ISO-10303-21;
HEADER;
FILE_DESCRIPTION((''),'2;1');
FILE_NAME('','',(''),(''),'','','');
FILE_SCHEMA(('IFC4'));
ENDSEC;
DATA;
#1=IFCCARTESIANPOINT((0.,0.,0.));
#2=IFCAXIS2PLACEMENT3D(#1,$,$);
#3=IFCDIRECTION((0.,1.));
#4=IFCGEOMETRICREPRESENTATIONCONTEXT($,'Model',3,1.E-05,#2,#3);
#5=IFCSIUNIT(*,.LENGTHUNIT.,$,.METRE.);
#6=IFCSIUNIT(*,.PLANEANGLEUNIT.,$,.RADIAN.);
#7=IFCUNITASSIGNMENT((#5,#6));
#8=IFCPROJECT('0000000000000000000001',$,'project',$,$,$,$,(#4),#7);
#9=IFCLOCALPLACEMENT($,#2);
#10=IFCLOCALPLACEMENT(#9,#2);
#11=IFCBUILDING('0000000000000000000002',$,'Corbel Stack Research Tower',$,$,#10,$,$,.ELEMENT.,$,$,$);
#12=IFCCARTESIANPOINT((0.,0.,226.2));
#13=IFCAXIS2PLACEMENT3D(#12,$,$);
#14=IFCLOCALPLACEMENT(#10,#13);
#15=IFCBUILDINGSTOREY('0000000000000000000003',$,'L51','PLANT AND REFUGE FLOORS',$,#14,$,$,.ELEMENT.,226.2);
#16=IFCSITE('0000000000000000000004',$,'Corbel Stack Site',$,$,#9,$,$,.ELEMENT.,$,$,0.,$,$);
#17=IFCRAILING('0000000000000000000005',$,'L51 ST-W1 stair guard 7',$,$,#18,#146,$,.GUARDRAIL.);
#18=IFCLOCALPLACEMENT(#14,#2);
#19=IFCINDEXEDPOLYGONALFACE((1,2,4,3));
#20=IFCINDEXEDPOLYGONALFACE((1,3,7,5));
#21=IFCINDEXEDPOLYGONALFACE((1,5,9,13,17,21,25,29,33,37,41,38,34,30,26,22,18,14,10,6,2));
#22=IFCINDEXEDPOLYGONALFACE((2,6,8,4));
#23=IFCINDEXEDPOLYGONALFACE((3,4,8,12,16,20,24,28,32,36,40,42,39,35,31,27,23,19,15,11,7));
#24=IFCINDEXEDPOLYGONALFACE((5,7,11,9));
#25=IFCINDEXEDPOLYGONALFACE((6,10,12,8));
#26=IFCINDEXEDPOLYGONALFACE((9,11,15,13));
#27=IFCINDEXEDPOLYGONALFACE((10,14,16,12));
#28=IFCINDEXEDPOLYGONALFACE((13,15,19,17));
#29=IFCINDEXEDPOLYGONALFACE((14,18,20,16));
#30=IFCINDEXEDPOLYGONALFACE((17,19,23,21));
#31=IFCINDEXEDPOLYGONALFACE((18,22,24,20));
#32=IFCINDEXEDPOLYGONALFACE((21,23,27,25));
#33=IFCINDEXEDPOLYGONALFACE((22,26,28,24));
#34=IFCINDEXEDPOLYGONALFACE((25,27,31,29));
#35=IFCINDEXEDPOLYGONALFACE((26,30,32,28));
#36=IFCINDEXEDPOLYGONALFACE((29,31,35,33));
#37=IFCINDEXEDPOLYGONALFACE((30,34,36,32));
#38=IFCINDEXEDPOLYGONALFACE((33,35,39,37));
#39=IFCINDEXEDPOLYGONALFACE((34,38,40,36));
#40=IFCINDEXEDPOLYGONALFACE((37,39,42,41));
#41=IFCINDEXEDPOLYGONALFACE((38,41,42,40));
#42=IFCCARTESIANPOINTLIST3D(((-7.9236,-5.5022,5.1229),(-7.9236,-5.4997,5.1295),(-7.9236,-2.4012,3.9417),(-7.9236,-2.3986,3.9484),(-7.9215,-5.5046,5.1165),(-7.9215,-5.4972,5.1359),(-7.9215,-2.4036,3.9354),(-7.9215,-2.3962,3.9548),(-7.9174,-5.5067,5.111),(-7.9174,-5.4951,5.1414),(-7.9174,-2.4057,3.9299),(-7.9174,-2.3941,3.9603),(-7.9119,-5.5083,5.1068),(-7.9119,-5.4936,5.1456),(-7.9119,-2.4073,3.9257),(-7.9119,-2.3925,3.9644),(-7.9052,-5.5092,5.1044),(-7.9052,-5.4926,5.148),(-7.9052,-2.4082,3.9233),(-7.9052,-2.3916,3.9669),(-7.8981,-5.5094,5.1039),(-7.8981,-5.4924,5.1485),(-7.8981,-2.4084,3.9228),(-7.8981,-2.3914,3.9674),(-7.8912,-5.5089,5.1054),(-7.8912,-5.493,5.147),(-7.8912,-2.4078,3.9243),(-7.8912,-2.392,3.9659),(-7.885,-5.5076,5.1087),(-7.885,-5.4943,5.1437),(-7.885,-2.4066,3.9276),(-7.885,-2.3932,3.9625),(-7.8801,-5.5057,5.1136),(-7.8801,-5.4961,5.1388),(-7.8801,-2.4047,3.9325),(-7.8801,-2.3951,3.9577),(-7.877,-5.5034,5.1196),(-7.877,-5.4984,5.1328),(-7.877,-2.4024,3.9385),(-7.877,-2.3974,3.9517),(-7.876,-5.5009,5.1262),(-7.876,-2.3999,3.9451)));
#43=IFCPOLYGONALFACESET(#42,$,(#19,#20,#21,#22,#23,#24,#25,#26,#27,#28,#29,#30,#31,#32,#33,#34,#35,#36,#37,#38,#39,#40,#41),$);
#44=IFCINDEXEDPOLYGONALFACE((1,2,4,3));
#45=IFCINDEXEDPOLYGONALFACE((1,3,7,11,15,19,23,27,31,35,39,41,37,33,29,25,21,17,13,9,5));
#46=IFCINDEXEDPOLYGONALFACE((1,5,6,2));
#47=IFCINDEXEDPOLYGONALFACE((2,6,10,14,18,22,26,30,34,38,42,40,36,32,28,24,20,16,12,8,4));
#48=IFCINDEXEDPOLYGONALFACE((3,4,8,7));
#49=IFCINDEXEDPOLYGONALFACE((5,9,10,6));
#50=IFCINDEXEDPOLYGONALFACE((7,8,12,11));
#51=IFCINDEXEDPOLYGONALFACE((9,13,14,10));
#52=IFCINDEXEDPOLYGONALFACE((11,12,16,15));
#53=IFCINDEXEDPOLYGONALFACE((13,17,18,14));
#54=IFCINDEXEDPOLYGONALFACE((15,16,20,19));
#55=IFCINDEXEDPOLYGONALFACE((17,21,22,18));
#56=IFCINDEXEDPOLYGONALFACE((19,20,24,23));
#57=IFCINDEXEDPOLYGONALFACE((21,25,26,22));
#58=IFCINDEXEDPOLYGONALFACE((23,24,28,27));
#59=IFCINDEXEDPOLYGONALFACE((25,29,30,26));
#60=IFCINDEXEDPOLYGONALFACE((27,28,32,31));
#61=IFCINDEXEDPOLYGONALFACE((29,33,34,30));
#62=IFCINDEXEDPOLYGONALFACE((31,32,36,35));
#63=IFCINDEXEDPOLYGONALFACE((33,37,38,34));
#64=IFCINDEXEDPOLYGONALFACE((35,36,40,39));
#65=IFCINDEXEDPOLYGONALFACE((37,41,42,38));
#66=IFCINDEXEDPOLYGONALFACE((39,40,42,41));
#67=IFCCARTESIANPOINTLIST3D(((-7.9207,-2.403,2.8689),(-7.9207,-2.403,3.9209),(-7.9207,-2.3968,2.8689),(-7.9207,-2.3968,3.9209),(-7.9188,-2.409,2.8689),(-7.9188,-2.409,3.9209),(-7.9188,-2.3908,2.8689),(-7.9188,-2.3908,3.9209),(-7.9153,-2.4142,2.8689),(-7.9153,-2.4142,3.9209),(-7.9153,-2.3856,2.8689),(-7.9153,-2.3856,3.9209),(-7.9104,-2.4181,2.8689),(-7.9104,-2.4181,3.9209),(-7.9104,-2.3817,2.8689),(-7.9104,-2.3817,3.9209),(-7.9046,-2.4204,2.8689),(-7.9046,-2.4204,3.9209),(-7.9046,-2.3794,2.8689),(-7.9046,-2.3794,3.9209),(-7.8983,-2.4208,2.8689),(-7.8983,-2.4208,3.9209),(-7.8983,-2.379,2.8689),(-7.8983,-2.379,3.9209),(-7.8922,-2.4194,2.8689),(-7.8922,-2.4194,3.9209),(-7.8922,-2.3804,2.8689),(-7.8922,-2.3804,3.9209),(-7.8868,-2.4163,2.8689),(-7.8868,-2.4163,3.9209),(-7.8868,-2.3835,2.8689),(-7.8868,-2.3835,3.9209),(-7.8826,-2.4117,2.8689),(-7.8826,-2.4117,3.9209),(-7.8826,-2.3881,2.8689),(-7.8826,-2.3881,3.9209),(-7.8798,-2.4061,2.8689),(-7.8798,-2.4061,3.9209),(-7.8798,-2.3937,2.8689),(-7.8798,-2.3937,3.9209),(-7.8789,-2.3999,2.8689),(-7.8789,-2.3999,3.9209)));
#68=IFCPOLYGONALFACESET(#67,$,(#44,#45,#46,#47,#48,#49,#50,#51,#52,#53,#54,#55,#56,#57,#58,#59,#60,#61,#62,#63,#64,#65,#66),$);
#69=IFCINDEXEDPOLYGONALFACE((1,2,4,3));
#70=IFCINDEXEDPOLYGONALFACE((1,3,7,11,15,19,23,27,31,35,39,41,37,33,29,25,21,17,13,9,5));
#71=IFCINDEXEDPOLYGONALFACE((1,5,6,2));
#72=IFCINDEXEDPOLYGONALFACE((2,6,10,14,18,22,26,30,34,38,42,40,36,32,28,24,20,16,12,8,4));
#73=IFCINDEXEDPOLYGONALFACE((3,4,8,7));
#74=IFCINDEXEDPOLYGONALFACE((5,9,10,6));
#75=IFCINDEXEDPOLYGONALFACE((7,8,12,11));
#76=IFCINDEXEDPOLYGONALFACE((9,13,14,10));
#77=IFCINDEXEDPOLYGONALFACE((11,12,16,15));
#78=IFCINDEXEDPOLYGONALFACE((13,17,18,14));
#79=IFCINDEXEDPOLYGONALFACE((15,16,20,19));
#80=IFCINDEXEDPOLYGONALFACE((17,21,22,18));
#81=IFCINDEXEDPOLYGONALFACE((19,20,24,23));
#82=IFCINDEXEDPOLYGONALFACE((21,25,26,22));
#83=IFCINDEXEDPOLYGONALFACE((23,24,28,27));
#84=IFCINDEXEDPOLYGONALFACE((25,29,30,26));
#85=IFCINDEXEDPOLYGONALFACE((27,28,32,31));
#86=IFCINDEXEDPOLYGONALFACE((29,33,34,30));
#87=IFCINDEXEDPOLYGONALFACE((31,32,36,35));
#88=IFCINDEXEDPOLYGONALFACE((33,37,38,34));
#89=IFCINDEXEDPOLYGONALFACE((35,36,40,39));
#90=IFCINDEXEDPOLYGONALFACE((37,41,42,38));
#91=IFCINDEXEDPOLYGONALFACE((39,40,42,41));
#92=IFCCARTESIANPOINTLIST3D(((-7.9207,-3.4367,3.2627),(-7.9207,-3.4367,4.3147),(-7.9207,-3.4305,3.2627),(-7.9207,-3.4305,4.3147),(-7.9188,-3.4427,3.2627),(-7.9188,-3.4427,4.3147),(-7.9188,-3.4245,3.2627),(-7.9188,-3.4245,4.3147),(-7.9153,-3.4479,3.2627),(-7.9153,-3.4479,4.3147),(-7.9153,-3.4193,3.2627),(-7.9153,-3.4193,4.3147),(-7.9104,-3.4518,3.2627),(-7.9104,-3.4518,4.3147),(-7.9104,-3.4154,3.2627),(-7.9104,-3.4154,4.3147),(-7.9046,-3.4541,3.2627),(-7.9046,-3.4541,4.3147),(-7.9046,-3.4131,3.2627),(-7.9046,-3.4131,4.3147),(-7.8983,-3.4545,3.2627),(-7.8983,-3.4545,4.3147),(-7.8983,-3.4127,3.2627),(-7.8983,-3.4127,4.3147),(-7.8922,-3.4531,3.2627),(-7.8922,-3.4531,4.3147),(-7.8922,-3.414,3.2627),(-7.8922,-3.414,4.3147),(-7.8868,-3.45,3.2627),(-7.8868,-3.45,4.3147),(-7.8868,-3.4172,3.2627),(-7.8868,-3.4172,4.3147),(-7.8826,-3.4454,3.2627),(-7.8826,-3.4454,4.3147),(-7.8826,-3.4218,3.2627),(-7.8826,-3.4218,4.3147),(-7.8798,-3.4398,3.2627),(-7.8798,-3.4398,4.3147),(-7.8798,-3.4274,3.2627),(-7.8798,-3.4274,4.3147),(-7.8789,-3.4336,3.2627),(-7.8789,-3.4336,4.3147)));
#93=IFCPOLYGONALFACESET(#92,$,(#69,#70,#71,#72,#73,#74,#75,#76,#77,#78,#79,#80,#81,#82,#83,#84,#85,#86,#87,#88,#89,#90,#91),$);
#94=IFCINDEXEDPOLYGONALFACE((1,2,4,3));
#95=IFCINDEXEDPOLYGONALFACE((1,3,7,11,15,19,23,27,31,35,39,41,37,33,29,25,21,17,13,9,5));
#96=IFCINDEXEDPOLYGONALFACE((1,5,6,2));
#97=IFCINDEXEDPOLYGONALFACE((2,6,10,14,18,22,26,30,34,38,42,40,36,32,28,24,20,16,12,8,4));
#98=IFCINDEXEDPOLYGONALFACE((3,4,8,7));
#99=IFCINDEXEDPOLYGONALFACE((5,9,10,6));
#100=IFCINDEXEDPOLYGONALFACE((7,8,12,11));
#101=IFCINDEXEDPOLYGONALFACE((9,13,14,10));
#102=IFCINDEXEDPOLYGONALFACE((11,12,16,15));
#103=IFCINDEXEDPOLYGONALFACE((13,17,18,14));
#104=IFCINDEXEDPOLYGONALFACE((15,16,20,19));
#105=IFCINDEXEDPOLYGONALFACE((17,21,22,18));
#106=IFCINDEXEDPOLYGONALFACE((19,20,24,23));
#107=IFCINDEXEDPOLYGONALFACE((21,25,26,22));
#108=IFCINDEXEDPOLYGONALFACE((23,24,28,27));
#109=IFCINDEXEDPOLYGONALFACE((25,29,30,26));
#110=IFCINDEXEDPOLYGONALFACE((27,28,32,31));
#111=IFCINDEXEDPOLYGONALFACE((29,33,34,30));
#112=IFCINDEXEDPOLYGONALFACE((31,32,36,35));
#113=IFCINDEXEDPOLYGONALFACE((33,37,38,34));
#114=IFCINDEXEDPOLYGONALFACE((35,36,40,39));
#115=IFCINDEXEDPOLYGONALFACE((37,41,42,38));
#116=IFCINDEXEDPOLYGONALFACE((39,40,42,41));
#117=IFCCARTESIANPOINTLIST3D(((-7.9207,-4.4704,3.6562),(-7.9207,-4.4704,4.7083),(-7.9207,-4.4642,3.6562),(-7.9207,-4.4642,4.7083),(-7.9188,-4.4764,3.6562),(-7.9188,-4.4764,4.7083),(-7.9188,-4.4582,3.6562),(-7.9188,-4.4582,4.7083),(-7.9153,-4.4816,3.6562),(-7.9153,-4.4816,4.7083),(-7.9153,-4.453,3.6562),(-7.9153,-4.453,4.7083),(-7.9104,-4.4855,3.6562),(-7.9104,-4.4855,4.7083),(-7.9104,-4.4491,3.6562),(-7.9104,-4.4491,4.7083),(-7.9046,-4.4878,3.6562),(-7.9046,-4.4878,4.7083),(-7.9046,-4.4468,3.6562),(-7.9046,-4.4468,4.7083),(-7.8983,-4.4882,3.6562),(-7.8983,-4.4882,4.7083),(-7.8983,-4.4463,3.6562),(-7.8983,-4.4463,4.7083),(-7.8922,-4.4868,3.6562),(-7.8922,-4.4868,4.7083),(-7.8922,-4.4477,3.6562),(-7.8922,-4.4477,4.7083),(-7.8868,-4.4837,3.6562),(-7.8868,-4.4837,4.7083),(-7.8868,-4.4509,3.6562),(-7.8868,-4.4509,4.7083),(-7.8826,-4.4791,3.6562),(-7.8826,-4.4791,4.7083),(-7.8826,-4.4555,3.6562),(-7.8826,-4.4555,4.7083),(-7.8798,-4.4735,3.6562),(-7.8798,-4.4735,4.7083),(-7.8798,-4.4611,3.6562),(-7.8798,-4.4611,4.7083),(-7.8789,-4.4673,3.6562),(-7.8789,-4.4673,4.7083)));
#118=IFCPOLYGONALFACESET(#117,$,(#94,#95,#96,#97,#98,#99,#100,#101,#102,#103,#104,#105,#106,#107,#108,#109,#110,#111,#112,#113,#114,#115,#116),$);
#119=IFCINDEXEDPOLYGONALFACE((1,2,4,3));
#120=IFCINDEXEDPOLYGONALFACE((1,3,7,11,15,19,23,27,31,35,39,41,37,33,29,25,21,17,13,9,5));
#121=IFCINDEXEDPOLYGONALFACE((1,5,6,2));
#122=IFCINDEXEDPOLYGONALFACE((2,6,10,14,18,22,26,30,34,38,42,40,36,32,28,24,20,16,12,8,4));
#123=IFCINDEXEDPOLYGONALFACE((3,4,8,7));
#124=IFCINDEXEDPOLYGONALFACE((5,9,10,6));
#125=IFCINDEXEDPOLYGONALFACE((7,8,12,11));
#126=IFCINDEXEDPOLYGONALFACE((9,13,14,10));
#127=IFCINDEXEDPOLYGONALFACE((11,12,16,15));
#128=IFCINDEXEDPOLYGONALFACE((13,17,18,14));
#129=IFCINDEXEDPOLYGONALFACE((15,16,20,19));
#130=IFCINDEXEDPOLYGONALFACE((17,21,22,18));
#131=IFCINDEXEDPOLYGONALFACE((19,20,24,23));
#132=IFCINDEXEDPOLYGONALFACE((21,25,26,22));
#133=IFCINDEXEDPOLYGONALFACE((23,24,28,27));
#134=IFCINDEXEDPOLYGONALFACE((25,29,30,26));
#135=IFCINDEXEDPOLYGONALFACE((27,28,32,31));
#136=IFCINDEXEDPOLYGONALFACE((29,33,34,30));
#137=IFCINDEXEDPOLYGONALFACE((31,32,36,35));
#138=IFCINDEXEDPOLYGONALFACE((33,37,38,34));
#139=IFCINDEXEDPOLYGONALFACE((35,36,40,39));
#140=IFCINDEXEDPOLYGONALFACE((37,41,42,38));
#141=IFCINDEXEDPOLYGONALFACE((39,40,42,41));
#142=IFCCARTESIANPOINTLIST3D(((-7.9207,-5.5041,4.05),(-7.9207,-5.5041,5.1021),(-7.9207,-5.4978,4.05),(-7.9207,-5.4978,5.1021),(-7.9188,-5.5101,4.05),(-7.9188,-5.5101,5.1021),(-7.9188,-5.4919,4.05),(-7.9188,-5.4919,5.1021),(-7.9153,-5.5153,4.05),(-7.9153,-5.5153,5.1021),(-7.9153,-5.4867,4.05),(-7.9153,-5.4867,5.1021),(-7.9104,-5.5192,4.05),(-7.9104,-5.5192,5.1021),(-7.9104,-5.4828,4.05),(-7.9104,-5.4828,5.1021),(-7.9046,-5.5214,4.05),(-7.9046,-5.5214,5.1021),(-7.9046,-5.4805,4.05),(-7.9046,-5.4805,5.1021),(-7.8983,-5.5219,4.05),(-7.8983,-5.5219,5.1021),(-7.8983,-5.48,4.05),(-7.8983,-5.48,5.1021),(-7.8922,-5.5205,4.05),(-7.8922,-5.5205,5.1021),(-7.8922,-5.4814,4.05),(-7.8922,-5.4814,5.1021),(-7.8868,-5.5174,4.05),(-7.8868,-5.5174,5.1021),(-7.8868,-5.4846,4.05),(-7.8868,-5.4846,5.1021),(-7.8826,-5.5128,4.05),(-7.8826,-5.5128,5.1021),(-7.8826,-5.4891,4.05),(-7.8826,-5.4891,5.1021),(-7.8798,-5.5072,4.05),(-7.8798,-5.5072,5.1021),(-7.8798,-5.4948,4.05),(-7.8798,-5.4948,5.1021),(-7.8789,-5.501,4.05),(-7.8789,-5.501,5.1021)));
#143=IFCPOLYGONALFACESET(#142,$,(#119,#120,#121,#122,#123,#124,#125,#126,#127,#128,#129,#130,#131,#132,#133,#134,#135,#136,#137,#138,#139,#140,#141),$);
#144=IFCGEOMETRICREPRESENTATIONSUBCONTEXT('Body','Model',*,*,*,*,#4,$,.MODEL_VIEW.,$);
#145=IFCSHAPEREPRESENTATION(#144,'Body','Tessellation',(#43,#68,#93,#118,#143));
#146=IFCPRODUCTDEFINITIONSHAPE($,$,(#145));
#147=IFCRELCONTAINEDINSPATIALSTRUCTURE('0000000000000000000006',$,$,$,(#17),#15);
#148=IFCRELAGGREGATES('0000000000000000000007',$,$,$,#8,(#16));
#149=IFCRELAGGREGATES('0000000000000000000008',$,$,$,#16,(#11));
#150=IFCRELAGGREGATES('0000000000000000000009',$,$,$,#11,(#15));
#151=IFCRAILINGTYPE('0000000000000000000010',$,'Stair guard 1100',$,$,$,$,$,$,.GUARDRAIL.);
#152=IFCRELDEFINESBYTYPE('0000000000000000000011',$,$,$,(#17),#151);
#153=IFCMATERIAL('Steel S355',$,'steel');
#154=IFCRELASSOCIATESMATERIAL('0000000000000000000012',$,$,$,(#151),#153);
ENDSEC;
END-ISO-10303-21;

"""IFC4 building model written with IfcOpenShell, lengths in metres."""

from ifc_helpers import new_model, si_unit, direction, frame, origin, origin_2d, place, context, subcontext, project, spatial, circle, extrude, material, type_object, element, save


model = new_model("IFC4")

# Units and contexts
model_context = context("Model", 3, precision=1e-05, world=origin(), true_north=direction((0.0, 1.0)))
body_context = subcontext(model_context, "Body", "Model", "MODEL_VIEW")
ifc_project = project(units=[si_unit("LENGTHUNIT", "METRE"), si_unit("PLANEANGLEUNIT", "RADIAN")], contexts=[model_context])

# Site, building, storey
site_placement = place(None, origin())
site = spatial("IfcSite", under=ifc_project, at=site_placement, Name="Corbel Stack Site", CompositionType="ELEMENT", RefElevation=0.0)
building_placement = place(site_placement, origin())
building = spatial("IfcBuilding", under=site, at=building_placement, Name="Corbel Stack Research Tower", CompositionType="ELEMENT")
storey_placement = place(building_placement, frame((0.0, 0.0, 226.2)))
storey = spatial("IfcBuildingStorey", under=building, at=storey_placement, Name="L51", Description="PLANT AND REFUGE FLOORS", CompositionType="ELEMENT", Elevation=226.2)

# Railing
ifc_material_1 = material(Name="Steel S355", Category="steel")
railing_type_1 = type_object("IfcRailingType", Name="Stair guard 1100", PredefinedType="GUARDRAIL", material=ifc_material_1)
railing_1_placement = place(storey_placement, frame((-7.8999, -2.3999, 2.8689)))
element("IfcRailing", 1, at=railing_1_placement, inside=storey, type_object=railing_type_1, Name="L51 ST-W1 stair guard 7", PredefinedType="GUARDRAIL", context=body_context, shape_type="SweptSolid", body=[
    extrude(circle(Radius=0.0239, at=origin_2d()), frame((0.0, 0.0, 1.0762), z_axis=(0.0, -0.934509, 0.35594), x_axis=(1.0, 0.0, 0.0)), (0.0, 0.0, 1.0), 3.3184),
    extrude(circle(Radius=0.021, at=origin_2d()), origin(), (0.0, 0.0, 1.0), 1.052),
    extrude(circle(Radius=0.021, at=origin_2d()), frame((0.0, -1.0337, 0.3938)), (0.0, 0.0, 1.0), 1.052),
    extrude(circle(Radius=0.021, at=origin_2d()), frame((0.0, -2.0674, 0.7874)), (0.0, 0.0, 1.0), 1.052),
    extrude(circle(Radius=0.021, at=origin_2d()), frame((0.0, -3.1011, 1.1812)), (0.0, 0.0, 1.0), 1.052),
])

save(model, "model.ifc")
